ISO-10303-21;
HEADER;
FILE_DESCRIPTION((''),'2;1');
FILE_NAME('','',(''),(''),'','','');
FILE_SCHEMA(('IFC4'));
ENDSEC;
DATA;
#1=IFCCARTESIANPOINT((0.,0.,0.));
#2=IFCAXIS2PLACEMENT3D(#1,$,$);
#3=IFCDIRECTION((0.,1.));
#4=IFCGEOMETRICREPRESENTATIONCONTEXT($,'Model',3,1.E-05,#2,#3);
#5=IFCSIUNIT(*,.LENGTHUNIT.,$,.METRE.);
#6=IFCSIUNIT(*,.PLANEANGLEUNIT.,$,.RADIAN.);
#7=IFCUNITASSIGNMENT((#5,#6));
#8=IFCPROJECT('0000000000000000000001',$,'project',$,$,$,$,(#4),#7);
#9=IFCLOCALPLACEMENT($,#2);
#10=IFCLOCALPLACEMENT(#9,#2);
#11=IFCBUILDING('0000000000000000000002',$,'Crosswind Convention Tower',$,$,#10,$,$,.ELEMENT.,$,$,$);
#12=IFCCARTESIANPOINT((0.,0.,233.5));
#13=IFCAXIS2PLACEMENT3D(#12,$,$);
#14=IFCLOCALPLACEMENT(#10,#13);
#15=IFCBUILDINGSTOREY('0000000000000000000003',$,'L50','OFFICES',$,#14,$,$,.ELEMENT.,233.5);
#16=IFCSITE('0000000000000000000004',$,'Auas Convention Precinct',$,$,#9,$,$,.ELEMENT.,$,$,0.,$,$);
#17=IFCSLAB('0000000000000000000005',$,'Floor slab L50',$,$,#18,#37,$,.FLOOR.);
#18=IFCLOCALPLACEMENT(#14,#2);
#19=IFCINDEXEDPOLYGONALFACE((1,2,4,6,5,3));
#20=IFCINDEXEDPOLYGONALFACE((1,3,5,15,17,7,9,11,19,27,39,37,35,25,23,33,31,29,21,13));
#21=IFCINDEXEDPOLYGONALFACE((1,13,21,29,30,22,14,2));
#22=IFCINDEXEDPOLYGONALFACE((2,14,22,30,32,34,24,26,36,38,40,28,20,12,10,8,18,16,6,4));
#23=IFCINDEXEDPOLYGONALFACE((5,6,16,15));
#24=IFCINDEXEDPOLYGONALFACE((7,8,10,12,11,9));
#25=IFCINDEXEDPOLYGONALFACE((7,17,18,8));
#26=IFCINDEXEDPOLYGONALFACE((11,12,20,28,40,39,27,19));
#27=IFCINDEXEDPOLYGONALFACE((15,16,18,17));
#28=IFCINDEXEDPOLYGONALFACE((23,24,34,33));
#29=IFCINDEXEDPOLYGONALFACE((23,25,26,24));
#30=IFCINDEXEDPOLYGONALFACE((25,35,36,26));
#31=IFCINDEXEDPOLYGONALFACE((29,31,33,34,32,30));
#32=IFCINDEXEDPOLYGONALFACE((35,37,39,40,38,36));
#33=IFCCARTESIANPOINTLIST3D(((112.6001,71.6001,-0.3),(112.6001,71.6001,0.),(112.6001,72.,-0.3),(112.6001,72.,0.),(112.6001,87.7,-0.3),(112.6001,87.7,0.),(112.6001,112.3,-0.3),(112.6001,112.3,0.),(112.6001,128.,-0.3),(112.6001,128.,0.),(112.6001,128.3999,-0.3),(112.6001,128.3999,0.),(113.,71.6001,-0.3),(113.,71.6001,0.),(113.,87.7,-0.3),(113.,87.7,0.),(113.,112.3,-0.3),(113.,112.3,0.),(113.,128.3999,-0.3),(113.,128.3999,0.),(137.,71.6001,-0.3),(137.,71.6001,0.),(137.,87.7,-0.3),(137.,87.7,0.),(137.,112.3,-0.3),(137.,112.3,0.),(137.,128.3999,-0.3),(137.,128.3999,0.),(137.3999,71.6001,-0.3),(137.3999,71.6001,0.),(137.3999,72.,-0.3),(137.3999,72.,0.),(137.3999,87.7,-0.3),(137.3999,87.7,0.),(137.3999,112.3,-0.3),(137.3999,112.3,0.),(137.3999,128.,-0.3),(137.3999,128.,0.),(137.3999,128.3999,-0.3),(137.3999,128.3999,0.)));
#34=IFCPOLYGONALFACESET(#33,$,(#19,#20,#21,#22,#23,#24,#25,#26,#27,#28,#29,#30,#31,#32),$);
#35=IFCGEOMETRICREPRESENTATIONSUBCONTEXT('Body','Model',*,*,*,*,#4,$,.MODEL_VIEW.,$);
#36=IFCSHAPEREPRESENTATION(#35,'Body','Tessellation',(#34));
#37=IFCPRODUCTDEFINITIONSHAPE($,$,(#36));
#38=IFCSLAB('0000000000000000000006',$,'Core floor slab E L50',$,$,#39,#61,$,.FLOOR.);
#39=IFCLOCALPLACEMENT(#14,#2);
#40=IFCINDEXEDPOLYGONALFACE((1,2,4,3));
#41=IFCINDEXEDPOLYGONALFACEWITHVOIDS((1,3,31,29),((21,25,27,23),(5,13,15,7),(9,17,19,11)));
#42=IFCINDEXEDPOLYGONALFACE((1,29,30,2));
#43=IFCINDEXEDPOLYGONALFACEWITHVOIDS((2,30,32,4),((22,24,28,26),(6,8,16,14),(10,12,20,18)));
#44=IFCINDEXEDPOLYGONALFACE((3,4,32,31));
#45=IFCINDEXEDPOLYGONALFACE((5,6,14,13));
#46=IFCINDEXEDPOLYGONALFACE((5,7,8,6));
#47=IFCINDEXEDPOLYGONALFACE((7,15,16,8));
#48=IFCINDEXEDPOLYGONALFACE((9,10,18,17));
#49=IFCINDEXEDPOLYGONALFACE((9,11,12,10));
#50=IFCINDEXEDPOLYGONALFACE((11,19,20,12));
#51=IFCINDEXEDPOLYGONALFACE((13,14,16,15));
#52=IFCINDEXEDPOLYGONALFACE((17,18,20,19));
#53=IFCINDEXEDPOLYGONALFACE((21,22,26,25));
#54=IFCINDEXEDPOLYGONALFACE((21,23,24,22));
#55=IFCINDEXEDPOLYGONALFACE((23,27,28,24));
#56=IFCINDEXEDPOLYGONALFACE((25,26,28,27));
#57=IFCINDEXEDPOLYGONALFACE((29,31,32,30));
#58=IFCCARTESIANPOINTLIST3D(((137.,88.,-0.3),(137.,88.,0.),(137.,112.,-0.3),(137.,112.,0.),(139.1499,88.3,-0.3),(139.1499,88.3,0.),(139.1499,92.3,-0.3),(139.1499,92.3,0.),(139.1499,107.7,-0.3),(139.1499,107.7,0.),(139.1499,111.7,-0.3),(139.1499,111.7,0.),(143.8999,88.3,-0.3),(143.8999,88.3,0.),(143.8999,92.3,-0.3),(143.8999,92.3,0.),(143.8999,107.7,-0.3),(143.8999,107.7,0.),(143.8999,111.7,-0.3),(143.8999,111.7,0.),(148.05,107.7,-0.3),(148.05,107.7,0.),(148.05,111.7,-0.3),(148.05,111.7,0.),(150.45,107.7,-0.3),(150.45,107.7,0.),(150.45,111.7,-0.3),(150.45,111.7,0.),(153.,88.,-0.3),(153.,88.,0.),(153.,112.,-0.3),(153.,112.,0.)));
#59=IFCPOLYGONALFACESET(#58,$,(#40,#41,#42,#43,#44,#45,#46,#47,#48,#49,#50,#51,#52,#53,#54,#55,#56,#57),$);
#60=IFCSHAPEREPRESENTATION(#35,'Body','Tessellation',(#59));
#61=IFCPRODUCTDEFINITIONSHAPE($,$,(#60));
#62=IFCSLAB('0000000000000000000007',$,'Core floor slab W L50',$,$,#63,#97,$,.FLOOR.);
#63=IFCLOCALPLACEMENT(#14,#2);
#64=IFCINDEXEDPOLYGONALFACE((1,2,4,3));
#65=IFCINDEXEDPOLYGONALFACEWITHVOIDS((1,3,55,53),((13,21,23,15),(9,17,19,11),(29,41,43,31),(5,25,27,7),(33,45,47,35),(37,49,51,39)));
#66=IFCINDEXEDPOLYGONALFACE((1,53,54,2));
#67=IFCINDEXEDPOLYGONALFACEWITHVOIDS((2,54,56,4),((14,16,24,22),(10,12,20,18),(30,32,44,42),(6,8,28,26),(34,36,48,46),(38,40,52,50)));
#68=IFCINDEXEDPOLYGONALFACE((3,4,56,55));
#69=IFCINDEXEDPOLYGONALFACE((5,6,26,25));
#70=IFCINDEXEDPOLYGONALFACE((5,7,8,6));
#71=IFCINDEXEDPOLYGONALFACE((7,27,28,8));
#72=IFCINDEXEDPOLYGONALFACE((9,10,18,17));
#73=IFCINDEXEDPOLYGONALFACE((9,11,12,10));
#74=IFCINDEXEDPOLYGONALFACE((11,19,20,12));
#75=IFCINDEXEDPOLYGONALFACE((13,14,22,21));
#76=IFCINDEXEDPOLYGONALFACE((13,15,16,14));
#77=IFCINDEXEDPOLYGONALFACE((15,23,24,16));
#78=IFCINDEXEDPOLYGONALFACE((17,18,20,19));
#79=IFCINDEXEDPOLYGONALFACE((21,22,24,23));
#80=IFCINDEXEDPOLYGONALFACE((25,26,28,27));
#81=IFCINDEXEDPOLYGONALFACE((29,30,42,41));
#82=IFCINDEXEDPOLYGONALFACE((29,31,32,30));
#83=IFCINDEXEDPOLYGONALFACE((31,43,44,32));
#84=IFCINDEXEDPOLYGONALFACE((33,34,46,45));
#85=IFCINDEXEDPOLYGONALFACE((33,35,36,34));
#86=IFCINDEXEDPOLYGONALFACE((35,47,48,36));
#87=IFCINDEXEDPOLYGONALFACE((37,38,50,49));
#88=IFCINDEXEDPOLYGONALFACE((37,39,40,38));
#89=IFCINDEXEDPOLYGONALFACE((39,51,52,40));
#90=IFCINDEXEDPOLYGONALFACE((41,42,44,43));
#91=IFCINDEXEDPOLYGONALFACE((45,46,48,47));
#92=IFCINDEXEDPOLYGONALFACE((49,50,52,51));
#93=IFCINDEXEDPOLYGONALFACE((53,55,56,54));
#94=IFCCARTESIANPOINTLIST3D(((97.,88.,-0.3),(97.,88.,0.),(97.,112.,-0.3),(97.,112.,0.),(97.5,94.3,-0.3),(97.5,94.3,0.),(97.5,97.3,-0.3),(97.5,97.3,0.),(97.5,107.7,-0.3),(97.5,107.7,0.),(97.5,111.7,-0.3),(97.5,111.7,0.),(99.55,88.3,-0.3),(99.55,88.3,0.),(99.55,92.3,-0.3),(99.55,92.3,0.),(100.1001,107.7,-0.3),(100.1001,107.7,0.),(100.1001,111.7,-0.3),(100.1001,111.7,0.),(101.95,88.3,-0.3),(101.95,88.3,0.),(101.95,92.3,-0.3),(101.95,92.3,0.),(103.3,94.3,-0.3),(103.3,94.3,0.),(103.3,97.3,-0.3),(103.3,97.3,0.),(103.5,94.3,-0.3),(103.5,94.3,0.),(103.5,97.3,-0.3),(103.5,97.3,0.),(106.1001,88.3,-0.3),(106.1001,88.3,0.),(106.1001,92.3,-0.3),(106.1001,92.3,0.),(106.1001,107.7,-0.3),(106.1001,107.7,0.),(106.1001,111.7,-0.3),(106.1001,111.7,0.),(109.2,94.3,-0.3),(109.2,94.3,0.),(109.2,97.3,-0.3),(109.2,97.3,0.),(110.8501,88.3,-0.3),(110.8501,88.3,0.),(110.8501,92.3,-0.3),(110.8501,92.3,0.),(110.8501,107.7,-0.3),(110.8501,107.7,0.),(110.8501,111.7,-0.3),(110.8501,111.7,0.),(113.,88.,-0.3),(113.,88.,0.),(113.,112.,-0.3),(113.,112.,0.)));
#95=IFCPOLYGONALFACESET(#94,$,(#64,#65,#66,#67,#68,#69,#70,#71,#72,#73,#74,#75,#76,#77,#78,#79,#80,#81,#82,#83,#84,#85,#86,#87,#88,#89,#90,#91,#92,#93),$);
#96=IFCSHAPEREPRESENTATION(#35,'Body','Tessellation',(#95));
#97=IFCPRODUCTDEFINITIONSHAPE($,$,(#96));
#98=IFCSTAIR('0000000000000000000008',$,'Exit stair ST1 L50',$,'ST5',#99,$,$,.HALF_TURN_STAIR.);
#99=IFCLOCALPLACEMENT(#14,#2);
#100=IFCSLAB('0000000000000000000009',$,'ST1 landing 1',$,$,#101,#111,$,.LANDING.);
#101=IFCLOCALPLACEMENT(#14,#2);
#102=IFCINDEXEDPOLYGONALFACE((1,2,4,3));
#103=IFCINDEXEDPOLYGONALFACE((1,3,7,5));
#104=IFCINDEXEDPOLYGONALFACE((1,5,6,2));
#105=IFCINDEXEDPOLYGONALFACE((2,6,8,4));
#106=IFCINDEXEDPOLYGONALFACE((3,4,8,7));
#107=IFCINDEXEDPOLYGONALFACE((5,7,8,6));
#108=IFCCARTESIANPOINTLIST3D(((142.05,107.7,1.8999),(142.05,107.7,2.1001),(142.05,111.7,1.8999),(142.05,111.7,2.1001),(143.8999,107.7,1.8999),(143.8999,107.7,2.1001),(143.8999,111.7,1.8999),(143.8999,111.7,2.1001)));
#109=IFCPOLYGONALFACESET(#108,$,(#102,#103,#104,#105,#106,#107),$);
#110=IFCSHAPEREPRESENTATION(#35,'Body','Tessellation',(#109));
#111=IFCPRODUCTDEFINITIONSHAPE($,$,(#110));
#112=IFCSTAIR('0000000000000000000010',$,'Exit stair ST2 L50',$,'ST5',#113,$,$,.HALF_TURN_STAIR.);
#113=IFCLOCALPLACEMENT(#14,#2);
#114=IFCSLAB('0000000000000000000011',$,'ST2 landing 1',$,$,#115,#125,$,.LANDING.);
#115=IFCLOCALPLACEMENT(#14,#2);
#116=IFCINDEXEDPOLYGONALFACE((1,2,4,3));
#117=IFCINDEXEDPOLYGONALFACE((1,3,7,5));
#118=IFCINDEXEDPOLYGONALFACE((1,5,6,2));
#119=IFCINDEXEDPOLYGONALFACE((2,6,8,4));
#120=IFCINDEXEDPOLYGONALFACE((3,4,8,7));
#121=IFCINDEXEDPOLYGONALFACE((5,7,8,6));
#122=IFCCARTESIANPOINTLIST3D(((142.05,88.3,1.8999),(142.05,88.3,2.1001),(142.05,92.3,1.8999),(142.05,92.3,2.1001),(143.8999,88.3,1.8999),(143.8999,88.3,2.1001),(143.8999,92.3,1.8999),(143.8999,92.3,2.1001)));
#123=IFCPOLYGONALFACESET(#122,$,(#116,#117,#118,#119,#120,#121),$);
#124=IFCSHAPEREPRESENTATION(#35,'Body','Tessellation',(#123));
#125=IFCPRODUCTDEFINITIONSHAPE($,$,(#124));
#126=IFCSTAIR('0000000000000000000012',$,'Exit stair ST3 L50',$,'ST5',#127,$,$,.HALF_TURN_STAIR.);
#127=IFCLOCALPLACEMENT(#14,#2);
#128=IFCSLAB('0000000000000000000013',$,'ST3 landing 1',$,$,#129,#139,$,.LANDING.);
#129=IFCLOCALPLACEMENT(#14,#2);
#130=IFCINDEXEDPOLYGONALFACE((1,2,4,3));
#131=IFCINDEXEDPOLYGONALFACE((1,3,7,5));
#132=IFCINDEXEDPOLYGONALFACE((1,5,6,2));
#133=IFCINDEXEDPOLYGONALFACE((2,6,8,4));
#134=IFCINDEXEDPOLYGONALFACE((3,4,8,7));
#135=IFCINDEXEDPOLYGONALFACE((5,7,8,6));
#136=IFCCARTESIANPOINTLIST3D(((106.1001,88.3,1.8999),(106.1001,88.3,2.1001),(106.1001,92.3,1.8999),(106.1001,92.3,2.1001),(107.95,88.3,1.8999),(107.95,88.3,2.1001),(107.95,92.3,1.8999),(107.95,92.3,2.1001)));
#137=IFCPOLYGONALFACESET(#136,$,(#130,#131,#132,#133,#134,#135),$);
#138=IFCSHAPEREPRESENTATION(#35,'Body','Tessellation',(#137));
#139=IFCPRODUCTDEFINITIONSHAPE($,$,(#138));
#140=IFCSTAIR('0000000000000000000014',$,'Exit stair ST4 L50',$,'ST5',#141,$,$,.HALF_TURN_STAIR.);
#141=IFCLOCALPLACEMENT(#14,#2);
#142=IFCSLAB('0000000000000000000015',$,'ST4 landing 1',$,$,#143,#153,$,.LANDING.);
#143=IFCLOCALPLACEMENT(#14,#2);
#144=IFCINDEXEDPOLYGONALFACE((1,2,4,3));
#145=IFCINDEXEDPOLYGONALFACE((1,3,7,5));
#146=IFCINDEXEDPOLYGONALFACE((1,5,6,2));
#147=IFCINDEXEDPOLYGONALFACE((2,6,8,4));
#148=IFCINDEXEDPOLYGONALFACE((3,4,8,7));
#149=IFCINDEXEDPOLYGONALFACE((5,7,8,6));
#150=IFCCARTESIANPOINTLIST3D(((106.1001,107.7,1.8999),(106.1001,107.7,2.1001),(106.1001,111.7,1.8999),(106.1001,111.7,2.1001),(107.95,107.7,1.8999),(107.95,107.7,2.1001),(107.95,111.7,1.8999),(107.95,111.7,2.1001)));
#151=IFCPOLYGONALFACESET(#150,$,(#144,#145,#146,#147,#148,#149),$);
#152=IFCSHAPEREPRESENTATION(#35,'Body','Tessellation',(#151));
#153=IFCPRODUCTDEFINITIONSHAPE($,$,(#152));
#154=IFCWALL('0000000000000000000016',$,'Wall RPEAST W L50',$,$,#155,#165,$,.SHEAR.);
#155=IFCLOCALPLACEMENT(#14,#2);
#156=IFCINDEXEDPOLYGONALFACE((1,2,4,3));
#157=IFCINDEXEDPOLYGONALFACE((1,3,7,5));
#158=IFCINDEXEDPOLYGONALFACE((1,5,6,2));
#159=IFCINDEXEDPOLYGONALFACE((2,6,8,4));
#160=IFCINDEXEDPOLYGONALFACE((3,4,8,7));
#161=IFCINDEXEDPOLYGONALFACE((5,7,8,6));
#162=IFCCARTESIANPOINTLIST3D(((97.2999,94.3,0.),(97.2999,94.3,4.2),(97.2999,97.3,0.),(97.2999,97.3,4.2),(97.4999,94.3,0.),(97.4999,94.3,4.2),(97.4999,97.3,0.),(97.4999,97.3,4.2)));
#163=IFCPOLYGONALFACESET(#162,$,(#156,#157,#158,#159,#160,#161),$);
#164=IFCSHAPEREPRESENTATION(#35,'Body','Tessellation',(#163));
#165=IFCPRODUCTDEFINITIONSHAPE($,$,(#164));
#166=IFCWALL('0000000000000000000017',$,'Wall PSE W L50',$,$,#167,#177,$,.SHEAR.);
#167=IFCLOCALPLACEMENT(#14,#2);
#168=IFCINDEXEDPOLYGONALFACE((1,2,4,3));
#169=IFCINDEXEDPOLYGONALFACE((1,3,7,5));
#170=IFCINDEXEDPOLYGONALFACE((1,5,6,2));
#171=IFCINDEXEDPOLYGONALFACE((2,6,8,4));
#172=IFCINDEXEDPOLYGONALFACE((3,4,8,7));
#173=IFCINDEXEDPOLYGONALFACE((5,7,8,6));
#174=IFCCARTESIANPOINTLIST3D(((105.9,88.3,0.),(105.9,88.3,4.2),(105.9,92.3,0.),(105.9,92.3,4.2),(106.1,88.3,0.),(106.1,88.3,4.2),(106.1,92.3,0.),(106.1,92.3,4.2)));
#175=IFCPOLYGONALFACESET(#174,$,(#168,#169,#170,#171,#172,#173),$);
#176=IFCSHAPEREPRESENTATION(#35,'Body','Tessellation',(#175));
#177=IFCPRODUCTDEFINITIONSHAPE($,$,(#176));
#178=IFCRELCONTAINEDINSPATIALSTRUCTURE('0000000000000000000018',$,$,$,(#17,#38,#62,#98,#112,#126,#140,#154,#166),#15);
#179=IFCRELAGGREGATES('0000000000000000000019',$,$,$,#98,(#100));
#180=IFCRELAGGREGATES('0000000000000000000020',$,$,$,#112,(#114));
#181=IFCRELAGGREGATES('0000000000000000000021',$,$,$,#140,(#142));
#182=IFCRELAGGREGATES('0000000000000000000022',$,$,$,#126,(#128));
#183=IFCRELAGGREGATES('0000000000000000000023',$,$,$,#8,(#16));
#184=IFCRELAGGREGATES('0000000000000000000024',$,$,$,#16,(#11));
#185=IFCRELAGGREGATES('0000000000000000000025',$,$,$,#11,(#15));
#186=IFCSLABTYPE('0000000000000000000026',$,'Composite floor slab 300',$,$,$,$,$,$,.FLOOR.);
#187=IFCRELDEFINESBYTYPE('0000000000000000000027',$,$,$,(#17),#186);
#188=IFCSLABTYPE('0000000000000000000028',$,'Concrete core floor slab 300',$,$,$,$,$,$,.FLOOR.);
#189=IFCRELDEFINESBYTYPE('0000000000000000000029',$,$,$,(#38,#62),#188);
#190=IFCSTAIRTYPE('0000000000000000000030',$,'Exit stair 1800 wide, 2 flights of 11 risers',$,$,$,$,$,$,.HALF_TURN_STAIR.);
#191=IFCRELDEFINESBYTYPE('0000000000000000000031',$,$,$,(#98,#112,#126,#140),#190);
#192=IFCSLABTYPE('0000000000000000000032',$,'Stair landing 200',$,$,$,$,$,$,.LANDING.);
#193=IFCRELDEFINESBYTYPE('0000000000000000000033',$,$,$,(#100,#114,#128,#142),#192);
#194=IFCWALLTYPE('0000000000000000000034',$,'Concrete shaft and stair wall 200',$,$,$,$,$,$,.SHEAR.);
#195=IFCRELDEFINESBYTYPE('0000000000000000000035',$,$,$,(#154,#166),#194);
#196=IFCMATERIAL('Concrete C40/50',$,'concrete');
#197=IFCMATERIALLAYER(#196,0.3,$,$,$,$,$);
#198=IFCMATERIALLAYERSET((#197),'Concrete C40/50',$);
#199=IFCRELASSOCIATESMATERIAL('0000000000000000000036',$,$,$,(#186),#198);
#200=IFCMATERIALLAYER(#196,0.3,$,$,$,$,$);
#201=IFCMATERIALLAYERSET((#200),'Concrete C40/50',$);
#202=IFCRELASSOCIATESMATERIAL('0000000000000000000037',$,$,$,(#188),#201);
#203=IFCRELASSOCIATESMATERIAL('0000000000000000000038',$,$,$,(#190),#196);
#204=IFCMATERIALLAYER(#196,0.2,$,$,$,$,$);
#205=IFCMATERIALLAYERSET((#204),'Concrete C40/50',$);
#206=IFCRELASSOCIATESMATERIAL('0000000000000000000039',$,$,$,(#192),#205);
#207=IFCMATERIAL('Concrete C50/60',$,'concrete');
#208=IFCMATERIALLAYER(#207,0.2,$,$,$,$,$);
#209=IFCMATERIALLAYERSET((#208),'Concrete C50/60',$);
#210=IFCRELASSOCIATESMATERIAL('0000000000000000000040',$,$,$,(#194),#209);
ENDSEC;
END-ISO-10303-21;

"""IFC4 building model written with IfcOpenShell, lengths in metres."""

from ifc_helpers import new_model, si_unit, direction, frame, frame_2d, origin, place, context, subcontext, project, spatial, polyline, rectangle, outline, extrude, material, layer, layer_set, type_object, element, aggregate, save


model = new_model("IFC4")

# Units and contexts
model_context = context("Model", 3, precision=1e-05, world=origin(), true_north=direction((0.0, 1.0)))
body_context = subcontext(model_context, "Body", "Model", "MODEL_VIEW")
ifc_project = project(units=[si_unit("LENGTHUNIT", "METRE"), si_unit("PLANEANGLEUNIT", "RADIAN")], contexts=[model_context])

# Site, building, storey
site_placement = place(None, origin())
site = spatial("IfcSite", under=ifc_project, at=site_placement, Name="Auas Convention Precinct", CompositionType="ELEMENT", RefElevation=0.0)
building_placement = place(site_placement, origin())
building = spatial("IfcBuilding", under=site, at=building_placement, Name="Crosswind Convention Tower", CompositionType="ELEMENT")
storey_placement = place(building_placement, frame((0.0, 0.0, 233.5)))
storey = spatial("IfcBuildingStorey", under=building, at=storey_placement, Name="L50", Description="OFFICES", CompositionType="ELEMENT", Elevation=233.5)

# Slabs
ifc_material_1 = material(Name="Concrete C40/50", Category="concrete")
ifc_layer_1 = layer(ifc_material_1, 0.3)
ifc_layer_set_1 = layer_set([ifc_layer_1], Name="Concrete C40/50")
slab_type_1 = type_object("IfcSlabType", Name="Composite floor slab 300", PredefinedType="FLOOR", material=ifc_layer_set_1)
slab_1_placement = place(storey_placement, frame((0.0, 0.0, -0.3)))
element("IfcSlab", 1, at=slab_1_placement, inside=storey, type_object=slab_type_1, Name="Floor slab L50", PredefinedType="FLOOR", context=body_context, shape_type="SweptSolid", body=[
    extrude(outline(polyline([(137.3999, 71.6001), (137.0, 71.6001), (113.0, 71.6001), (112.6001, 71.6001), (112.6001, 72.0), (112.6001, 87.7), (113.0, 87.7), (113.0, 112.3), (112.6001, 112.3), (112.6001, 128.0), (112.6001, 128.3999), (113.0, 128.3999), (137.0, 128.3999), (137.3999, 128.3999), (137.3999, 128.0), (137.3999, 112.3), (137.0, 112.3), (137.0, 87.7), (137.3999, 87.7), (137.3999, 72.0), (137.3999, 71.6001)])), origin(), (0.0, 0.0, 1.0), 0.3),
])
ifc_layer_2 = layer(ifc_material_1, 0.3)
ifc_layer_set_2 = layer_set([ifc_layer_2], Name="Concrete C40/50")
slab_type_2 = type_object("IfcSlabType", Name="Concrete core floor slab 300", PredefinedType="FLOOR", material=ifc_layer_set_2)
slab_2_placement = place(storey_placement, frame((0.0, 0.0, -0.3)))
element("IfcSlab", 2, at=slab_2_placement, inside=storey, type_object=slab_type_2, Name="Core floor slab E L50", PredefinedType="FLOOR", context=body_context, shape_type="SweptSolid", body=[
    extrude(outline(polyline([(137.0, 88.0), (153.0, 88.0), (153.0, 112.0), (137.0, 112.0), (137.0, 88.0)]), holes=[polyline([(150.45, 107.7), (150.45, 111.7), (148.05, 111.7), (148.05, 107.7), (150.45, 107.7)]), polyline([(143.8999, 107.7), (143.8999, 111.7), (139.1499, 111.7), (139.1499, 107.7), (143.8999, 107.7)]), polyline([(143.8999, 88.3), (143.8999, 92.3), (139.1499, 92.3), (139.1499, 88.3), (143.8999, 88.3)])]), origin(), (0.0, 0.0, 1.0), 0.3),
])
slab_3_placement = place(storey_placement, frame((0.0, 0.0, -0.3)))
element("IfcSlab", 3, at=slab_3_placement, inside=storey, type_object=slab_type_2, Name="Core floor slab W L50", PredefinedType="FLOOR", context=body_context, shape_type="SweptSolid", body=[
    extrude(outline(polyline([(97.0, 88.0), (113.0, 88.0), (113.0, 112.0), (97.0, 112.0), (97.0, 88.0)]), holes=[polyline([(109.2, 94.3), (109.2, 97.3), (103.5, 97.3), (103.5, 94.3), (109.2, 94.3)]), polyline([(103.3, 94.3), (103.3, 97.3), (97.5, 97.3), (97.5, 94.3), (103.3, 94.3)]), polyline([(101.95, 88.3), (101.95, 92.3), (99.55, 92.3), (99.55, 88.3), (101.95, 88.3)]), polyline([(100.1001, 107.7), (100.1001, 111.7), (97.5, 111.7), (97.5, 107.7), (100.1001, 107.7)]), polyline([(110.8501, 88.3), (110.8501, 92.3), (106.1001, 92.3), (106.1001, 88.3), (110.8501, 88.3)]), polyline([(110.8501, 107.7), (110.8501, 111.7), (106.1001, 111.7), (106.1001, 107.7), (110.8501, 107.7)])]), origin(), (0.0, 0.0, 1.0), 0.3),
])

# Stairs, slabs
stair_type = type_object("IfcStairType", Name="Exit stair 1800 wide, 2 flights of 11 risers", PredefinedType="HALF_TURN_STAIR", material=ifc_material_1)
stair_1_placement = place(storey_placement, origin())
stair_1 = element("IfcStair", 4, at=stair_1_placement, inside=storey, type_object=stair_type, Name="Exit stair ST1 L50", ObjectType="ST5", PredefinedType="HALF_TURN_STAIR")
ifc_layer_3 = layer(ifc_material_1, 0.2)
ifc_layer_set_3 = layer_set([ifc_layer_3], Name="Concrete C40/50")
slab_type_3 = type_object("IfcSlabType", Name="Stair landing 200", PredefinedType="LANDING", material=ifc_layer_set_3)
slab_4_placement = place(storey_placement, frame((0.0, 0.0, 1.8999)))
slab_4 = element("IfcSlab", 5, at=slab_4_placement, type_object=slab_type_3, Name="ST1 landing 1", PredefinedType="LANDING", context=body_context, shape_type="SweptSolid", body=[
    extrude(outline(polyline([(143.8999, 107.7), (143.8999, 111.7), (142.05, 111.7), (142.05, 107.7), (143.8999, 107.7)])), origin(), (0.0, 0.0, 1.0), 0.2002),
])
aggregate(stair_1, [slab_4])
stair_2_placement = place(storey_placement, origin())
stair_2 = element("IfcStair", 6, at=stair_2_placement, inside=storey, type_object=stair_type, Name="Exit stair ST2 L50", ObjectType="ST5", PredefinedType="HALF_TURN_STAIR")
slab_5_placement = place(storey_placement, frame((0.0, 0.0, 1.8999)))
slab_5 = element("IfcSlab", 7, at=slab_5_placement, type_object=slab_type_3, Name="ST2 landing 1", PredefinedType="LANDING", context=body_context, shape_type="SweptSolid", body=[
    extrude(outline(polyline([(143.8999, 88.3), (143.8999, 92.3), (142.05, 92.3), (142.05, 88.3), (143.8999, 88.3)])), origin(), (0.0, 0.0, 1.0), 0.2002),
])
aggregate(stair_2, [slab_5])
stair_3_placement = place(storey_placement, origin())
stair_3 = element("IfcStair", 8, at=stair_3_placement, inside=storey, type_object=stair_type, Name="Exit stair ST3 L50", ObjectType="ST5", PredefinedType="HALF_TURN_STAIR")
slab_6_placement = place(storey_placement, frame((0.0, 0.0, 1.8999)))
slab_6 = element("IfcSlab", 9, at=slab_6_placement, type_object=slab_type_3, Name="ST3 landing 1", PredefinedType="LANDING", context=body_context, shape_type="SweptSolid", body=[
    extrude(outline(polyline([(107.95, 88.3), (107.95, 92.3), (106.1001, 92.3), (106.1001, 88.3), (107.95, 88.3)])), origin(), (0.0, 0.0, 1.0), 0.2002),
])
stair_4_placement = place(storey_placement, origin())
stair_4 = element("IfcStair", 10, at=stair_4_placement, inside=storey, type_object=stair_type, Name="Exit stair ST4 L50", ObjectType="ST5", PredefinedType="HALF_TURN_STAIR")
slab_7_placement = place(storey_placement, frame((0.0, 0.0, 1.8999)))
slab_7 = element("IfcSlab", 11, at=slab_7_placement, type_object=slab_type_3, Name="ST4 landing 1", PredefinedType="LANDING", context=body_context, shape_type="SweptSolid", body=[
    extrude(outline(polyline([(107.95, 107.7), (107.95, 111.7), (106.1001, 111.7), (106.1001, 107.7), (107.95, 107.7)])), origin(), (0.0, 0.0, 1.0), 0.2002),
])
aggregate(stair_4, [slab_7])

# Walls
ifc_material_2 = material(Name="Concrete C50/60", Category="concrete")
ifc_layer_4 = layer(ifc_material_2, 0.2)
ifc_layer_set_4 = layer_set([ifc_layer_4], Name="Concrete C50/60")
wall_type_1 = type_object("IfcWallType", Name="Concrete shaft and stair wall 200", PredefinedType="SHEAR", material=ifc_layer_set_4)
wall_1_placement = place(storey_placement, frame((97.3999, 97.3, 0.0), z_axis=(0.0, 0.0, 1.0), x_axis=(0.0, -1.0, 0.0)))
element("IfcWall", 12, at=wall_1_placement, inside=storey, type_object=wall_type_1, Name="Wall RPEAST W L50", PredefinedType="SHEAR", context=body_context, shape_type="SweptSolid", body=[
    extrude(rectangle(XDim=3.0, YDim=0.2, at=frame_2d((1.5, 0.0))), origin(), (0.0, 0.0, 1.0), 4.2),
])
wall_2_placement = place(storey_placement, frame((106.0, 92.3, 0.0), z_axis=(0.0, 0.0, 1.0), x_axis=(0.0, -1.0, 0.0)))
element("IfcWall", 13, at=wall_2_placement, inside=storey, type_object=wall_type_1, Name="Wall PSE W L50", PredefinedType="SHEAR", context=body_context, shape_type="SweptSolid", body=[
    extrude(rectangle(XDim=4.0, YDim=0.2, at=frame_2d((2.0, 0.0))), origin(), (0.0, 0.0, 1.0), 4.2),
])

aggregate(stair_3, [slab_6])

save(model, "model.ifc")
